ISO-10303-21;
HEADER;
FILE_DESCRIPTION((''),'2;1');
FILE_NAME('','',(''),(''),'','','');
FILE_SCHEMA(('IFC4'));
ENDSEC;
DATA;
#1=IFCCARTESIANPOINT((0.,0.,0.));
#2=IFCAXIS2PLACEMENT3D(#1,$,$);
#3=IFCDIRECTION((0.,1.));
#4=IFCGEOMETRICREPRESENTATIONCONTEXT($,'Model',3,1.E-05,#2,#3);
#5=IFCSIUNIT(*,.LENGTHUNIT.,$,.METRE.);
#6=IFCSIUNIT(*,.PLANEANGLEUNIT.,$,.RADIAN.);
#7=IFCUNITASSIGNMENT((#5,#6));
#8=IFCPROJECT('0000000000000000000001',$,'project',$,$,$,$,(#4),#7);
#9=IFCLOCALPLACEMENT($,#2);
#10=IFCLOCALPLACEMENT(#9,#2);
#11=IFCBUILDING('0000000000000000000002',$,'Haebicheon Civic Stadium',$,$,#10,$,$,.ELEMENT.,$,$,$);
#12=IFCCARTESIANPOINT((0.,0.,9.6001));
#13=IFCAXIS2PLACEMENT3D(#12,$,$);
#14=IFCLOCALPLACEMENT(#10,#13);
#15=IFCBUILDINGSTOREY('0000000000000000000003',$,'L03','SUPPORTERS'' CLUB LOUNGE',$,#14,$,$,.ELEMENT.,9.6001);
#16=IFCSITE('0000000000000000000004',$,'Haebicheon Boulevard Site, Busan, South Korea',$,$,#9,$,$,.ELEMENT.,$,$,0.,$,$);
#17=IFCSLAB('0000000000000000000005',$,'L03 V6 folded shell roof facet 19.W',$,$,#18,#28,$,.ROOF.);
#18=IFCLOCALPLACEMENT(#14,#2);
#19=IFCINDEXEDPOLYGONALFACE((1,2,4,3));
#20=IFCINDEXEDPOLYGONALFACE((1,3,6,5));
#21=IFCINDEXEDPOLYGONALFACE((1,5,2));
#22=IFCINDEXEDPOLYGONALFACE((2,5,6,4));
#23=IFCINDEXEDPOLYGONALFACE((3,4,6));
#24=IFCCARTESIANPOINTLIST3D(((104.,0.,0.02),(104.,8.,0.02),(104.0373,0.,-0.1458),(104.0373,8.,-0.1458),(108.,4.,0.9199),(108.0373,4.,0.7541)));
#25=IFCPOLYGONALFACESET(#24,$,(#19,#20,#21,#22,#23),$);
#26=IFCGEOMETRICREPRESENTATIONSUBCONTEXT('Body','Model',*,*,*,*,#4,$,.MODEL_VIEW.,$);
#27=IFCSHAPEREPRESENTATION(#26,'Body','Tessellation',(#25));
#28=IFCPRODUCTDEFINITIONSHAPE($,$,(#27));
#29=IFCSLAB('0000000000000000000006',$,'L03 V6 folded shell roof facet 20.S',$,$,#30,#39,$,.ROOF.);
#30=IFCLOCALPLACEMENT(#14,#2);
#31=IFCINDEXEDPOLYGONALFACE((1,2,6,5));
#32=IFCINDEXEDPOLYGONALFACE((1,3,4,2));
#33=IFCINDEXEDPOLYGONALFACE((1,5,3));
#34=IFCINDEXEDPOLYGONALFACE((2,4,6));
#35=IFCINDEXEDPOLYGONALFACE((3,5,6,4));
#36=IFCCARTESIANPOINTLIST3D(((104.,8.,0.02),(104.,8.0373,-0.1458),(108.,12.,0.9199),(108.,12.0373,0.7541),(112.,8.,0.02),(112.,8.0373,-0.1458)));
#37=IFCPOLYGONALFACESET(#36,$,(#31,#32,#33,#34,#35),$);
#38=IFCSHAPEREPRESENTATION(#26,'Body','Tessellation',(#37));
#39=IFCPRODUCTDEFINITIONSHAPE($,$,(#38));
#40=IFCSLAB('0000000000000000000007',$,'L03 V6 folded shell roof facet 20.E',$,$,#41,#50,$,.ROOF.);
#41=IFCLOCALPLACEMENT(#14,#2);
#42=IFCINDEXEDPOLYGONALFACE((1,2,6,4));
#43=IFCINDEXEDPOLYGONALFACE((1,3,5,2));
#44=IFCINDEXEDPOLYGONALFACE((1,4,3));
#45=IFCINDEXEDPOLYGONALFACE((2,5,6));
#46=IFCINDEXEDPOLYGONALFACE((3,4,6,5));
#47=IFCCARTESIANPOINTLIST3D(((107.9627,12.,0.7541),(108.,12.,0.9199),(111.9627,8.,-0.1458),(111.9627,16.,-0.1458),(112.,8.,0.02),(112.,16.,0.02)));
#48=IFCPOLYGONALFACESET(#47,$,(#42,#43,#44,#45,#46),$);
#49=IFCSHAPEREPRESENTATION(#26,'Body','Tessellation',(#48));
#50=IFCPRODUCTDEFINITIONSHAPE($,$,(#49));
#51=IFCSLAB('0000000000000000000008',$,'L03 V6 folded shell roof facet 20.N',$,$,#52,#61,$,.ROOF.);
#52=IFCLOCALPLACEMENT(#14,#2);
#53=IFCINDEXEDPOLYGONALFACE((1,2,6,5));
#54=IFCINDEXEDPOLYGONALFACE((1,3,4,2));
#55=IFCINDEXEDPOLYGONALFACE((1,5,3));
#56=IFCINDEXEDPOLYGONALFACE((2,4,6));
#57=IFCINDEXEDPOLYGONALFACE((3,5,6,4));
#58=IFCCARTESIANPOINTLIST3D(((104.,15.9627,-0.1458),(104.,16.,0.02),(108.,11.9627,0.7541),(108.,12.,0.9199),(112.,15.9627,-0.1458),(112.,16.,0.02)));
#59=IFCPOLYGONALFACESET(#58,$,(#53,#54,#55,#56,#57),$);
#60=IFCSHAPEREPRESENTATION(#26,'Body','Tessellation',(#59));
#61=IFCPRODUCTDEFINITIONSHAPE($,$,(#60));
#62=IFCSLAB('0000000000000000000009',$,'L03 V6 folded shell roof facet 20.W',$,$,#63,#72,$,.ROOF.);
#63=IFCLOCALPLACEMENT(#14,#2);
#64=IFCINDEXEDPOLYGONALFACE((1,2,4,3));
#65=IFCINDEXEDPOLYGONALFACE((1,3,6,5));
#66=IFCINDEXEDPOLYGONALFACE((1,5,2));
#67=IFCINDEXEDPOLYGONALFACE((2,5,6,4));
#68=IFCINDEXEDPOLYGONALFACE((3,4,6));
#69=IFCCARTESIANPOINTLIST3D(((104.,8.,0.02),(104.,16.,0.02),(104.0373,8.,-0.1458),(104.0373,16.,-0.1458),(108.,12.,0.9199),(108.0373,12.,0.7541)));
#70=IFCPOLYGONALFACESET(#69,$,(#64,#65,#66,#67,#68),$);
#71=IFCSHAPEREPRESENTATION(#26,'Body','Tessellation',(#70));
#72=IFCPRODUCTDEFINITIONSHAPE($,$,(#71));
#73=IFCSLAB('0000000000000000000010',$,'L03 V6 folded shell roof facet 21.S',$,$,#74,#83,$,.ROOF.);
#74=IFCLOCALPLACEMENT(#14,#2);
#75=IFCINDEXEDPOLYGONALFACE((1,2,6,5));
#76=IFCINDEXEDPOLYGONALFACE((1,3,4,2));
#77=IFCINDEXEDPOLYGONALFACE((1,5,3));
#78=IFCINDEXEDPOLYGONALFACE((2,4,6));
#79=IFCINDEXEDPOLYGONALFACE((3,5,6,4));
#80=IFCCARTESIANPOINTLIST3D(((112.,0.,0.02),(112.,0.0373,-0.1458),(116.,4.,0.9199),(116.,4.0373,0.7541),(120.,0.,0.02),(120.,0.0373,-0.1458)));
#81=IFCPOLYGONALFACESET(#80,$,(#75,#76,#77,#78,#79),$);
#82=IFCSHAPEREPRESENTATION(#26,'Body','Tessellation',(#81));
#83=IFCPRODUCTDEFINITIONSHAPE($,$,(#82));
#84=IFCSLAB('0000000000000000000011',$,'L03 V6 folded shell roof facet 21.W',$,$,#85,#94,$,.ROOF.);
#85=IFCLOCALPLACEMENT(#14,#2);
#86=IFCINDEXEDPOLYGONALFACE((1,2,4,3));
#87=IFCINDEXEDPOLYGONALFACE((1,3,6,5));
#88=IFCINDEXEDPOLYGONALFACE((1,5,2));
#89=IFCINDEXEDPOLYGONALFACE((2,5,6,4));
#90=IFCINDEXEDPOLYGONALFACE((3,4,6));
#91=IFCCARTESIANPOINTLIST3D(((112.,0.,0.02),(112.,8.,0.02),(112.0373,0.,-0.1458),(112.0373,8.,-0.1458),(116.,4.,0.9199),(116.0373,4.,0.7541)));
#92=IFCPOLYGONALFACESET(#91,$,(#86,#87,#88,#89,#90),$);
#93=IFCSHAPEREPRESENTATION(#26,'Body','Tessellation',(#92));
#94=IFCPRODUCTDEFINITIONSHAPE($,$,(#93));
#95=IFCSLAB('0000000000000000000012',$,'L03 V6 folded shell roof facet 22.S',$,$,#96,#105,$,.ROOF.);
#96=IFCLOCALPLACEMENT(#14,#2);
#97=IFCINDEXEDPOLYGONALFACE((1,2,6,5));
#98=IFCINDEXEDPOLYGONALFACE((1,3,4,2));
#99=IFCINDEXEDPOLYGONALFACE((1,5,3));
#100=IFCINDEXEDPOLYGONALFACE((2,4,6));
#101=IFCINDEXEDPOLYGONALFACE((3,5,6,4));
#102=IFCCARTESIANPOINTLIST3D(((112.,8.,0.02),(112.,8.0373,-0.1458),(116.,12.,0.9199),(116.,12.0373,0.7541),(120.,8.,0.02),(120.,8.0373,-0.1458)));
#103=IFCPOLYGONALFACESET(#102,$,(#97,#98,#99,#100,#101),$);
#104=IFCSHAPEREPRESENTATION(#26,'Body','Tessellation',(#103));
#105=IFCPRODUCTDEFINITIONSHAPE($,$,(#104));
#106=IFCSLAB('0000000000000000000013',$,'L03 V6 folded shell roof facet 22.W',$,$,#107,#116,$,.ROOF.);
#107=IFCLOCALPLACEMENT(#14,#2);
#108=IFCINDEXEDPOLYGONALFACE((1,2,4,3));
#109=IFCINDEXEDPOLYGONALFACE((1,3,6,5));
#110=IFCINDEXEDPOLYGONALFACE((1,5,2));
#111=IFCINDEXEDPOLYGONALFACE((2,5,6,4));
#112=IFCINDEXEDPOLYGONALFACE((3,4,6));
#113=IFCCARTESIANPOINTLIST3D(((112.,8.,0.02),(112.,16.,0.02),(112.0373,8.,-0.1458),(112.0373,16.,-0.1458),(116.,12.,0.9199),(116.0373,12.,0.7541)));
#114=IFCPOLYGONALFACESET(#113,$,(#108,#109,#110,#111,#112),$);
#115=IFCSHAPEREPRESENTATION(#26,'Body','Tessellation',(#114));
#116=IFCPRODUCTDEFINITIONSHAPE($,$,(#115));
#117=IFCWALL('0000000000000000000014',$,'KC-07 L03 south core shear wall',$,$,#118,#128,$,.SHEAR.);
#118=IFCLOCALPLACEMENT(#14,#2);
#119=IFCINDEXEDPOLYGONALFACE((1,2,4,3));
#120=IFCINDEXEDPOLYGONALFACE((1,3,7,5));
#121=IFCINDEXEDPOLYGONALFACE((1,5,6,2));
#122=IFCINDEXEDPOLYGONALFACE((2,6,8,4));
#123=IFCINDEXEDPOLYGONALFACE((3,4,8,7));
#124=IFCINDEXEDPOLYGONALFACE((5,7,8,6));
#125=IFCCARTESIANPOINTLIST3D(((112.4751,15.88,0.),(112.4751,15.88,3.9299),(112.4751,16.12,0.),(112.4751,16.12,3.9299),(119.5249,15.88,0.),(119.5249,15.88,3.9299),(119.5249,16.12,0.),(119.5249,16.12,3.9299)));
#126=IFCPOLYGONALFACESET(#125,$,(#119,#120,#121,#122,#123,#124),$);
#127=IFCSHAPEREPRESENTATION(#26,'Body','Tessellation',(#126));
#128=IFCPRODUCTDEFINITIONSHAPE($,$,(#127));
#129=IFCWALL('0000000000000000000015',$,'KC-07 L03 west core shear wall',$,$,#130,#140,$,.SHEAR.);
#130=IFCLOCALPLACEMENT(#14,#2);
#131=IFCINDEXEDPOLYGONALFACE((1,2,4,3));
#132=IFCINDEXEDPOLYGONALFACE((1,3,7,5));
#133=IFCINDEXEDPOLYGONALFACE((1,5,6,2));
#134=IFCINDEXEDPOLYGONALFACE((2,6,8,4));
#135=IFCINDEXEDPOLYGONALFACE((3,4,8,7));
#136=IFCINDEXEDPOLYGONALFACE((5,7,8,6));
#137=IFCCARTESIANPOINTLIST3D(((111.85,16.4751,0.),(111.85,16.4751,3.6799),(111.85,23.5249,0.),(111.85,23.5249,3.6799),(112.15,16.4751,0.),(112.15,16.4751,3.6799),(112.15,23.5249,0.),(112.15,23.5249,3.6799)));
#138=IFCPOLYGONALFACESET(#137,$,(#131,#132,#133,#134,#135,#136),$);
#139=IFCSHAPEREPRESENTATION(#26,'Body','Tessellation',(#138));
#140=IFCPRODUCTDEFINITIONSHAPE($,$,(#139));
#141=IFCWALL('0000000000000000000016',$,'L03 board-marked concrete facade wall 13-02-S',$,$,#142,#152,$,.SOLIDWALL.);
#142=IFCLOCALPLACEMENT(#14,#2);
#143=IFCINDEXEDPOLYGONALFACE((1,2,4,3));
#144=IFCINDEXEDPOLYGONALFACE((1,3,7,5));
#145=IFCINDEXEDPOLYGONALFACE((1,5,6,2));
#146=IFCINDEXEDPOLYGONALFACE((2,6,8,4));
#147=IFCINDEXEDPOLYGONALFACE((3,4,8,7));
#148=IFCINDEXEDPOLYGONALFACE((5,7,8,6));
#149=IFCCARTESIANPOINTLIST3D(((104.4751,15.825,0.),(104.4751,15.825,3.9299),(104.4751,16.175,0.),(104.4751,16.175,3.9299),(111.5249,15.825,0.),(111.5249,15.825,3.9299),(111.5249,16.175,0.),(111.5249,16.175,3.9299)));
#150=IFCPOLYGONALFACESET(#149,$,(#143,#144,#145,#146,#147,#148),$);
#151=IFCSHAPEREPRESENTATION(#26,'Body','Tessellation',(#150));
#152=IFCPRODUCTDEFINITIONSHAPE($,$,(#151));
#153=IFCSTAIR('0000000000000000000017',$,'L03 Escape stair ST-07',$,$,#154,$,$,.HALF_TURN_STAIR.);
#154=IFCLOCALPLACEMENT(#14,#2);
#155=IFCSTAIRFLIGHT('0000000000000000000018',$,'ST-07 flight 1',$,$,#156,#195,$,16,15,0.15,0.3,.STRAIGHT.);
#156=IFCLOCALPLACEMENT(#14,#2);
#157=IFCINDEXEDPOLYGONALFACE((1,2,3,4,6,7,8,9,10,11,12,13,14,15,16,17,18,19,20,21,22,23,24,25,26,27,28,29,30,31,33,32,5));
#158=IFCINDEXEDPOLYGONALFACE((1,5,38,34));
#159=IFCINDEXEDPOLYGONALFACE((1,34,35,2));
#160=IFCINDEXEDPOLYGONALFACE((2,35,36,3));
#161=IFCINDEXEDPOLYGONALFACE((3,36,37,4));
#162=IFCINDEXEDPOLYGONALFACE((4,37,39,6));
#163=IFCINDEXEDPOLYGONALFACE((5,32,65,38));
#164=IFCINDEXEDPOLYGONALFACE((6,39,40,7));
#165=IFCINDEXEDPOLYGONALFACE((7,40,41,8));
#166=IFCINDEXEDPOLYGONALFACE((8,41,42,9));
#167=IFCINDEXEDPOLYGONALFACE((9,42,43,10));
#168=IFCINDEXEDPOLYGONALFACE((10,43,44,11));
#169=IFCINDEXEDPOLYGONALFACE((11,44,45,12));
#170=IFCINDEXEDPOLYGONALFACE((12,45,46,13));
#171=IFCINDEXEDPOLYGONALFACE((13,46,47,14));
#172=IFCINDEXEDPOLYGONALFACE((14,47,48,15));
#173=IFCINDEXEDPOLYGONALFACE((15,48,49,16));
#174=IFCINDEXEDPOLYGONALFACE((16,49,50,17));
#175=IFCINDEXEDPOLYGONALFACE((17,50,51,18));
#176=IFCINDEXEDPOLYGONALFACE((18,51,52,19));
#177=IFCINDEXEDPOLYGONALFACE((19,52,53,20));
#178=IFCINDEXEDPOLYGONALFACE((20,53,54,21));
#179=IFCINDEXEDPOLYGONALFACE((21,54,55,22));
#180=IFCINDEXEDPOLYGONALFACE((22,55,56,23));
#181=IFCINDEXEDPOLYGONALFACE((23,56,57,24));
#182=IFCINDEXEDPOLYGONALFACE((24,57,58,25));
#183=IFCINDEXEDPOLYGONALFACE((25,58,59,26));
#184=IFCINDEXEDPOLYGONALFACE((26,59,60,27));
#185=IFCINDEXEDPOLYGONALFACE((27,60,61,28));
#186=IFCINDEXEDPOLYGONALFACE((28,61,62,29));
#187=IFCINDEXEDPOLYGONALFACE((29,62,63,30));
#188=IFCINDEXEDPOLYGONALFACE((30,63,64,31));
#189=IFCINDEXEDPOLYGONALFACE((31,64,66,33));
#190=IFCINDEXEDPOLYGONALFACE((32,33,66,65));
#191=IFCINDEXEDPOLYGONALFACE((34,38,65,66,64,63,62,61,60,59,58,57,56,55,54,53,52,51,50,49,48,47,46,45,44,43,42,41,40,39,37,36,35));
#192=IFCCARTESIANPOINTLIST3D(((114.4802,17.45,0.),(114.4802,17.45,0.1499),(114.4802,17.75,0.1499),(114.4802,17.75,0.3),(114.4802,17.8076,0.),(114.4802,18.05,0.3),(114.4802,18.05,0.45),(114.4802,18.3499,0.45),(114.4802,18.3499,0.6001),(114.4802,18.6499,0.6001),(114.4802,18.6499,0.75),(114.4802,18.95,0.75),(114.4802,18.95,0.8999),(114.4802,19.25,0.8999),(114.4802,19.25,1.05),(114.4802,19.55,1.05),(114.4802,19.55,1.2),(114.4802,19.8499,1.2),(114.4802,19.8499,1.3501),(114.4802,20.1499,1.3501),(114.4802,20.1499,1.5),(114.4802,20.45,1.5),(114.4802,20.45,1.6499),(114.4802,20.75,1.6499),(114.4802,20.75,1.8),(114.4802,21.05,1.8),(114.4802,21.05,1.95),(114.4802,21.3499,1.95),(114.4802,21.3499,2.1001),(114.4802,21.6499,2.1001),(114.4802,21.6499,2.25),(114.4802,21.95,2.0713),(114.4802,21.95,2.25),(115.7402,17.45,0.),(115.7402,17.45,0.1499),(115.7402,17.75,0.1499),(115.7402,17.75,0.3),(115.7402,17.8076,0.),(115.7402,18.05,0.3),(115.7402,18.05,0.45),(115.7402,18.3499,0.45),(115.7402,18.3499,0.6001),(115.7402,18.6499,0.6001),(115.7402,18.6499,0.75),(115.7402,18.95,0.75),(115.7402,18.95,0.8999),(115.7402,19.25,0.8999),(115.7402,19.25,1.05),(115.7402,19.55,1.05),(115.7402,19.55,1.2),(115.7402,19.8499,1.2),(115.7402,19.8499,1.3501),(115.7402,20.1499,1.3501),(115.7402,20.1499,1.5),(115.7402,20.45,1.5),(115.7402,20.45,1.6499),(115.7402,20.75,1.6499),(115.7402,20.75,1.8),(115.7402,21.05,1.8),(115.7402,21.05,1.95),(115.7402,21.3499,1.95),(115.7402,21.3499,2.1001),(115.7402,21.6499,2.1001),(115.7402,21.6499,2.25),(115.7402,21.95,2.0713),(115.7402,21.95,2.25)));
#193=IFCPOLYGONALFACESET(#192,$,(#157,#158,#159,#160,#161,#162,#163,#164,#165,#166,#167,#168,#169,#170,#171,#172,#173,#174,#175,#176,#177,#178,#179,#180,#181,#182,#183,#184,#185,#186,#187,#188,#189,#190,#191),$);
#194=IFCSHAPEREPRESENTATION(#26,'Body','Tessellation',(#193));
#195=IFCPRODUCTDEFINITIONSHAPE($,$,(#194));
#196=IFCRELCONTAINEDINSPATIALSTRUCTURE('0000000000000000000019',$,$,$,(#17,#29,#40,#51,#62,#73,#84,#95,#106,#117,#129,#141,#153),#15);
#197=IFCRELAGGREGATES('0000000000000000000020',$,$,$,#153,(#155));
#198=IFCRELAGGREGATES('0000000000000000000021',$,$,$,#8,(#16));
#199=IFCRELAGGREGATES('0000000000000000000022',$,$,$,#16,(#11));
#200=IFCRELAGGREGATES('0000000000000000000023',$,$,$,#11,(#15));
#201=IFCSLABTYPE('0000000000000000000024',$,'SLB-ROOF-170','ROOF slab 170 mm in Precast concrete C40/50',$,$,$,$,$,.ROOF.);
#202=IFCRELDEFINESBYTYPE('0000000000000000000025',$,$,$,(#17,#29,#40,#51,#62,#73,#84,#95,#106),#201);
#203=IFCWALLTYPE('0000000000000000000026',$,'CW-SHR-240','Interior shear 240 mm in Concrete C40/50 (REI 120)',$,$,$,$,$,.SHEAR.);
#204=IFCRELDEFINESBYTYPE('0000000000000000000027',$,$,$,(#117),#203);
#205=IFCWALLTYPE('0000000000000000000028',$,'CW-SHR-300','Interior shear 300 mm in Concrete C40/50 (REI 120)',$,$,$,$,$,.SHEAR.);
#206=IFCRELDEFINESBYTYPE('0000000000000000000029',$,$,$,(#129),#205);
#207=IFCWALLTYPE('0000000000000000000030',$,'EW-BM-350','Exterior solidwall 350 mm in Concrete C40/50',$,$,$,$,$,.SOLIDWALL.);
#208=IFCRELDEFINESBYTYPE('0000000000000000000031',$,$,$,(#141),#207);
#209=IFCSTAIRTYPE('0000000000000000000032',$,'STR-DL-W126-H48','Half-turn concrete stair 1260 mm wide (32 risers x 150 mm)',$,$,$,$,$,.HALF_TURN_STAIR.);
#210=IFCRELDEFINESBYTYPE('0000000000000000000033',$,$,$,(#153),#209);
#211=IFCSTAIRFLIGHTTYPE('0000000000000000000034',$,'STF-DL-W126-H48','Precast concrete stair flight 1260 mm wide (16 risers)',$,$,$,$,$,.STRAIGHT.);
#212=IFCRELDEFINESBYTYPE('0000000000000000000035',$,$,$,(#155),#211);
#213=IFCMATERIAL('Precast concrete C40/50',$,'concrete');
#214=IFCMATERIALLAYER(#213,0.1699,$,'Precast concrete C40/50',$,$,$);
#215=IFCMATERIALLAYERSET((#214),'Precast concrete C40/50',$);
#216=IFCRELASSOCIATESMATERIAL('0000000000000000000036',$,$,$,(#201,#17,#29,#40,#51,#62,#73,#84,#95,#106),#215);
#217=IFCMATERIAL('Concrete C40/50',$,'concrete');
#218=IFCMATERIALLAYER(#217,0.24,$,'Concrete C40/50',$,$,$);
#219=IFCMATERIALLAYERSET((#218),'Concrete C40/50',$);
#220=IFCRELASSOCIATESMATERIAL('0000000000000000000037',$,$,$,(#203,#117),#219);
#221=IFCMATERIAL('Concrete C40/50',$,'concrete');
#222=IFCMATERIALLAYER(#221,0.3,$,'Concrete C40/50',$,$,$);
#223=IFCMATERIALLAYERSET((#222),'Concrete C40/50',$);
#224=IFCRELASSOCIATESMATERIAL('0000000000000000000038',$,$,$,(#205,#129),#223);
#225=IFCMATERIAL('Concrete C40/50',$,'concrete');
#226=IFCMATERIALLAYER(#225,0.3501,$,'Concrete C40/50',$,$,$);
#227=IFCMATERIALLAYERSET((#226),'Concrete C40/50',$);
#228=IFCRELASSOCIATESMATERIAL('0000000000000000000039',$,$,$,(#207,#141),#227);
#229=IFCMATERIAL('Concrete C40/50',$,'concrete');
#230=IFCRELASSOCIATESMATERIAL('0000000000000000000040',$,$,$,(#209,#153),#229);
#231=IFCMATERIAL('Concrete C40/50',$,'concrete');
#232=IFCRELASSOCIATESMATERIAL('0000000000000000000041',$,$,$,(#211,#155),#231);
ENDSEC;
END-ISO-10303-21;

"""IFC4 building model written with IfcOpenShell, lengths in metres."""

from ifc_helpers import new_model, si_unit, direction, frame, frame_2d, origin, place, context, subcontext, project, spatial, polyline, rectangle, outline, extrude, material, layer, layer_set, type_object, element, aggregate, save


model = new_model("IFC4")

# Units and contexts
model_context = context("Model", 3, precision=1e-05, world=origin(), true_north=direction((0.0, 1.0)))
body_context = subcontext(model_context, "Body", "Model", "MODEL_VIEW")
ifc_project = project(units=[si_unit("LENGTHUNIT", "METRE"), si_unit("PLANEANGLEUNIT", "RADIAN")], contexts=[model_context])

# Site, building, storey
site_placement = place(None, origin())
site = spatial("IfcSite", under=ifc_project, at=site_placement, Name="Haebicheon Boulevard Site, Busan, South Korea", CompositionType="ELEMENT", RefElevation=0.0)
building_placement = place(site_placement, origin())
building = spatial("IfcBuilding", under=site, at=building_placement, Name="Haebicheon Civic Stadium", CompositionType="ELEMENT")
storey_placement = place(building_placement, frame((0.0, 0.0, 9.6001)))
storey = spatial("IfcBuildingStorey", under=building, at=storey_placement, Name="L03", Description="SUPPORTERS' CLUB LOUNGE", CompositionType="ELEMENT", Elevation=9.6001)

# Slabs
ifc_material_1 = material(Name="Precast concrete C40/50", Category="concrete")
ifc_layer_1 = layer(ifc_material_1, 0.1699, Name="Precast concrete C40/50")
ifc_layer_set_1 = layer_set([ifc_layer_1], Name="Precast concrete C40/50")
slab_type = type_object("IfcSlabType", Name="SLB-ROOF-170", Description="ROOF slab 170 mm in Precast concrete C40/50", PredefinedType="ROOF", material=ifc_layer_set_1)
for number, where, z_axis, x_axis, name in (
    (1, (104.0, 8.0, 0.02), (-0.21949, 0.0, 0.975615), (0.0, -1.0, 0.0), "L03 V6 folded shell roof facet 19.W"),
    (2, (104.0, 8.0, 0.02), (0.0, -0.21949, 0.975615), (1.0, 0.0, 0.0), "L03 V6 folded shell roof facet 20.S"),
    (3, (112.0, 8.0, 0.02), (0.21949, 0.0, 0.975615), (0.0, 1.0, 0.0), "L03 V6 folded shell roof facet 20.E"),
    (4, (112.0, 16.0, 0.02), (0.0, 0.21949, 0.975615), (-1.0, 0.0, 0.0), "L03 V6 folded shell roof facet 20.N"),
    (5, (104.0, 16.0, 0.02), (-0.21949, 0.0, 0.975615), (0.0, -1.0, 0.0), "L03 V6 folded shell roof facet 20.W"),
    (6, (112.0, 0.0, 0.02), (0.0, -0.21949, 0.975615), (1.0, 0.0, 0.0), "L03 V6 folded shell roof facet 21.S"),
    (7, (112.0, 8.0, 0.02), (-0.21949, 0.0, 0.975615), (0.0, -1.0, 0.0), "L03 V6 folded shell roof facet 21.W"),
    (8, (112.0, 8.0, 0.02), (0.0, -0.21949, 0.975615), (1.0, 0.0, 0.0), "L03 V6 folded shell roof facet 22.S"),
    (9, (112.0, 16.0, 0.02), (-0.21949, 0.0, 0.975615), (0.0, -1.0, 0.0), "L03 V6 folded shell roof facet 22.W"),
):
    element("IfcSlab", number, at=place(storey_placement, frame(where, z_axis=z_axis, x_axis=x_axis)), inside=storey, type_object=slab_type, material=ifc_layer_set_1, Name=name, PredefinedType="ROOF", context=body_context, shape_type="SweptSolid", body=[
        extrude(outline(polyline([(0.0, 0.0), (8.0, 0.0), (4.0, 4.1), (0.0, 0.0)])), origin(), (0.0, 0.0, -1.0), 0.1699),
    ])

# Walls
ifc_material_2 = material(Name="Concrete C40/50", Category="concrete")
ifc_layer_2 = layer(ifc_material_2, 0.24, Name="Concrete C40/50")
ifc_layer_set_2 = layer_set([ifc_layer_2], Name="Concrete C40/50")
wall_type_1 = type_object("IfcWallType", Name="CW-SHR-240", Description="Interior shear 240 mm in Concrete C40/50 (REI 120)", PredefinedType="SHEAR", material=ifc_layer_set_2)
wall_1_placement = place(storey_placement, frame((112.4751, 16.0, 0.0), z_axis=(0.0, 0.0, 1.0), x_axis=(1.0, 0.0, 0.0)))
element("IfcWall", 10, at=wall_1_placement, inside=storey, type_object=wall_type_1, material=ifc_layer_set_2, Name="KC-07 L03 south core shear wall", PredefinedType="SHEAR", context=body_context, shape_type="SweptSolid", body=[
    extrude(rectangle(XDim=7.0498, YDim=0.24, at=frame_2d((3.5249, 0.0))), origin(), (0.0, 0.0, 1.0), 3.9299),
])
ifc_material_3 = material(Name="Concrete C40/50", Category="concrete")
ifc_layer_3 = layer(ifc_material_3, 0.3, Name="Concrete C40/50")
ifc_layer_set_3 = layer_set([ifc_layer_3], Name="Concrete C40/50")
wall_type_2 = type_object("IfcWallType", Name="CW-SHR-300", Description="Interior shear 300 mm in Concrete C40/50 (REI 120)", PredefinedType="SHEAR", material=ifc_layer_set_3)
wall_2_placement = place(storey_placement, frame((112.0, 16.4751, 0.0), z_axis=(0.0, 0.0, 1.0), x_axis=(0.0, 1.0, 0.0)))
element("IfcWall", 11, at=wall_2_placement, inside=storey, type_object=wall_type_2, material=ifc_layer_set_3, Name="KC-07 L03 west core shear wall", PredefinedType="SHEAR", context=body_context, shape_type="SweptSolid", body=[
    extrude(rectangle(XDim=7.0498, YDim=0.3, at=frame_2d((3.5249, 0.0))), origin(), (0.0, 0.0, 1.0), 3.6799),
])
ifc_material_4 = material(Name="Concrete C40/50", Category="concrete")
ifc_layer_4 = layer(ifc_material_4, 0.3501, Name="Concrete C40/50")
ifc_layer_set_4 = layer_set([ifc_layer_4], Name="Concrete C40/50")
wall_type_3 = type_object("IfcWallType", Name="EW-BM-350", Description="Exterior solidwall 350 mm in Concrete C40/50", PredefinedType="SOLIDWALL", material=ifc_layer_set_4)
wall_3_placement = place(storey_placement, frame((104.4751, 16.0, 0.0), z_axis=(0.0, 0.0, 1.0), x_axis=(1.0, 0.0, 0.0)))
element("IfcWall", 12, at=wall_3_placement, inside=storey, type_object=wall_type_3, material=ifc_layer_set_4, Name="L03 board-marked concrete facade wall 13-02-S", PredefinedType="SOLIDWALL", context=body_context, shape_type="SweptSolid", body=[
    extrude(rectangle(XDim=7.0498, YDim=0.3501, at=frame_2d((3.5249, 0.0))), origin(), (0.0, 0.0, 1.0), 3.9299),
])

# Stair, stair flight
ifc_material_5 = material(Name="Concrete C40/50", Category="concrete")
stair_type = type_object("IfcStairType", Name="STR-DL-W126-H48", Description="Half-turn concrete stair 1260 mm wide (32 risers x 150 mm)", PredefinedType="HALF_TURN_STAIR", material=ifc_material_5)
stair_placement = place(storey_placement, origin())
stair = element("IfcStair", 13, at=stair_placement, inside=storey, type_object=stair_type, material=ifc_material_5, Name="L03 Escape stair ST-07", PredefinedType="HALF_TURN_STAIR")
ifc_material_6 = material(Name="Concrete C40/50", Category="concrete")
stair_flight_type = type_object("IfcStairFlightType", Name="STF-DL-W126-H48", Description="Precast concrete stair flight 1260 mm wide (16 risers)", PredefinedType="STRAIGHT", material=ifc_material_6)
stair_flight_placement = place(storey_placement, frame((115.1101, 17.45, 0.0), z_axis=(0.0, 0.0, 1.0), x_axis=(0.0, 1.0, 0.0)))
stair_flight = element("IfcStairFlight", 14, at=stair_flight_placement, type_object=stair_flight_type, material=ifc_material_6, Name="ST-07 flight 1", NumberOfRisers=16, NumberOfTreads=15, PredefinedType="STRAIGHT", RiserHeight=0.15, TreadLength=0.3, context=body_context, shape_type="SweptSolid", body=[
    extrude(outline(polyline([(0.0, 0.0), (0.0, 0.1499), (0.3, 0.1499), (0.3, 0.3), (0.6001, 0.3), (0.6001, 0.45), (0.8999, 0.45), (0.8999, 0.6001), (1.2, 0.6001), (1.2, 0.75), (1.5, 0.75), (1.5, 0.8999), (1.8, 0.8999), (1.8, 1.05), (2.1001, 1.05), (2.1001, 1.2), (2.3999, 1.2), (2.3999, 1.3501), (2.7, 1.3501), (2.7, 1.5), (3.0, 1.5), (3.0, 1.6499), (3.3, 1.6499), (3.3, 1.8), (3.6001, 1.8), (3.6001, 1.95), (3.8999, 1.95), (3.8999, 2.1001), (4.2, 2.1001), (4.2, 2.25), (4.5, 2.25), (4.5, 2.3999), (4.5, 2.0713), (0.3577, 0.0), (0.0, 0.0)])), frame((0.0, 0.6299, 0.0), z_axis=(0.0, -1.0, 0.0), x_axis=(1.0, 0.0, 0.0)), (0.0, 0.0, 1.0), 1.26),
])
aggregate(stair, [stair_flight])

save(model, "model.ifc")
